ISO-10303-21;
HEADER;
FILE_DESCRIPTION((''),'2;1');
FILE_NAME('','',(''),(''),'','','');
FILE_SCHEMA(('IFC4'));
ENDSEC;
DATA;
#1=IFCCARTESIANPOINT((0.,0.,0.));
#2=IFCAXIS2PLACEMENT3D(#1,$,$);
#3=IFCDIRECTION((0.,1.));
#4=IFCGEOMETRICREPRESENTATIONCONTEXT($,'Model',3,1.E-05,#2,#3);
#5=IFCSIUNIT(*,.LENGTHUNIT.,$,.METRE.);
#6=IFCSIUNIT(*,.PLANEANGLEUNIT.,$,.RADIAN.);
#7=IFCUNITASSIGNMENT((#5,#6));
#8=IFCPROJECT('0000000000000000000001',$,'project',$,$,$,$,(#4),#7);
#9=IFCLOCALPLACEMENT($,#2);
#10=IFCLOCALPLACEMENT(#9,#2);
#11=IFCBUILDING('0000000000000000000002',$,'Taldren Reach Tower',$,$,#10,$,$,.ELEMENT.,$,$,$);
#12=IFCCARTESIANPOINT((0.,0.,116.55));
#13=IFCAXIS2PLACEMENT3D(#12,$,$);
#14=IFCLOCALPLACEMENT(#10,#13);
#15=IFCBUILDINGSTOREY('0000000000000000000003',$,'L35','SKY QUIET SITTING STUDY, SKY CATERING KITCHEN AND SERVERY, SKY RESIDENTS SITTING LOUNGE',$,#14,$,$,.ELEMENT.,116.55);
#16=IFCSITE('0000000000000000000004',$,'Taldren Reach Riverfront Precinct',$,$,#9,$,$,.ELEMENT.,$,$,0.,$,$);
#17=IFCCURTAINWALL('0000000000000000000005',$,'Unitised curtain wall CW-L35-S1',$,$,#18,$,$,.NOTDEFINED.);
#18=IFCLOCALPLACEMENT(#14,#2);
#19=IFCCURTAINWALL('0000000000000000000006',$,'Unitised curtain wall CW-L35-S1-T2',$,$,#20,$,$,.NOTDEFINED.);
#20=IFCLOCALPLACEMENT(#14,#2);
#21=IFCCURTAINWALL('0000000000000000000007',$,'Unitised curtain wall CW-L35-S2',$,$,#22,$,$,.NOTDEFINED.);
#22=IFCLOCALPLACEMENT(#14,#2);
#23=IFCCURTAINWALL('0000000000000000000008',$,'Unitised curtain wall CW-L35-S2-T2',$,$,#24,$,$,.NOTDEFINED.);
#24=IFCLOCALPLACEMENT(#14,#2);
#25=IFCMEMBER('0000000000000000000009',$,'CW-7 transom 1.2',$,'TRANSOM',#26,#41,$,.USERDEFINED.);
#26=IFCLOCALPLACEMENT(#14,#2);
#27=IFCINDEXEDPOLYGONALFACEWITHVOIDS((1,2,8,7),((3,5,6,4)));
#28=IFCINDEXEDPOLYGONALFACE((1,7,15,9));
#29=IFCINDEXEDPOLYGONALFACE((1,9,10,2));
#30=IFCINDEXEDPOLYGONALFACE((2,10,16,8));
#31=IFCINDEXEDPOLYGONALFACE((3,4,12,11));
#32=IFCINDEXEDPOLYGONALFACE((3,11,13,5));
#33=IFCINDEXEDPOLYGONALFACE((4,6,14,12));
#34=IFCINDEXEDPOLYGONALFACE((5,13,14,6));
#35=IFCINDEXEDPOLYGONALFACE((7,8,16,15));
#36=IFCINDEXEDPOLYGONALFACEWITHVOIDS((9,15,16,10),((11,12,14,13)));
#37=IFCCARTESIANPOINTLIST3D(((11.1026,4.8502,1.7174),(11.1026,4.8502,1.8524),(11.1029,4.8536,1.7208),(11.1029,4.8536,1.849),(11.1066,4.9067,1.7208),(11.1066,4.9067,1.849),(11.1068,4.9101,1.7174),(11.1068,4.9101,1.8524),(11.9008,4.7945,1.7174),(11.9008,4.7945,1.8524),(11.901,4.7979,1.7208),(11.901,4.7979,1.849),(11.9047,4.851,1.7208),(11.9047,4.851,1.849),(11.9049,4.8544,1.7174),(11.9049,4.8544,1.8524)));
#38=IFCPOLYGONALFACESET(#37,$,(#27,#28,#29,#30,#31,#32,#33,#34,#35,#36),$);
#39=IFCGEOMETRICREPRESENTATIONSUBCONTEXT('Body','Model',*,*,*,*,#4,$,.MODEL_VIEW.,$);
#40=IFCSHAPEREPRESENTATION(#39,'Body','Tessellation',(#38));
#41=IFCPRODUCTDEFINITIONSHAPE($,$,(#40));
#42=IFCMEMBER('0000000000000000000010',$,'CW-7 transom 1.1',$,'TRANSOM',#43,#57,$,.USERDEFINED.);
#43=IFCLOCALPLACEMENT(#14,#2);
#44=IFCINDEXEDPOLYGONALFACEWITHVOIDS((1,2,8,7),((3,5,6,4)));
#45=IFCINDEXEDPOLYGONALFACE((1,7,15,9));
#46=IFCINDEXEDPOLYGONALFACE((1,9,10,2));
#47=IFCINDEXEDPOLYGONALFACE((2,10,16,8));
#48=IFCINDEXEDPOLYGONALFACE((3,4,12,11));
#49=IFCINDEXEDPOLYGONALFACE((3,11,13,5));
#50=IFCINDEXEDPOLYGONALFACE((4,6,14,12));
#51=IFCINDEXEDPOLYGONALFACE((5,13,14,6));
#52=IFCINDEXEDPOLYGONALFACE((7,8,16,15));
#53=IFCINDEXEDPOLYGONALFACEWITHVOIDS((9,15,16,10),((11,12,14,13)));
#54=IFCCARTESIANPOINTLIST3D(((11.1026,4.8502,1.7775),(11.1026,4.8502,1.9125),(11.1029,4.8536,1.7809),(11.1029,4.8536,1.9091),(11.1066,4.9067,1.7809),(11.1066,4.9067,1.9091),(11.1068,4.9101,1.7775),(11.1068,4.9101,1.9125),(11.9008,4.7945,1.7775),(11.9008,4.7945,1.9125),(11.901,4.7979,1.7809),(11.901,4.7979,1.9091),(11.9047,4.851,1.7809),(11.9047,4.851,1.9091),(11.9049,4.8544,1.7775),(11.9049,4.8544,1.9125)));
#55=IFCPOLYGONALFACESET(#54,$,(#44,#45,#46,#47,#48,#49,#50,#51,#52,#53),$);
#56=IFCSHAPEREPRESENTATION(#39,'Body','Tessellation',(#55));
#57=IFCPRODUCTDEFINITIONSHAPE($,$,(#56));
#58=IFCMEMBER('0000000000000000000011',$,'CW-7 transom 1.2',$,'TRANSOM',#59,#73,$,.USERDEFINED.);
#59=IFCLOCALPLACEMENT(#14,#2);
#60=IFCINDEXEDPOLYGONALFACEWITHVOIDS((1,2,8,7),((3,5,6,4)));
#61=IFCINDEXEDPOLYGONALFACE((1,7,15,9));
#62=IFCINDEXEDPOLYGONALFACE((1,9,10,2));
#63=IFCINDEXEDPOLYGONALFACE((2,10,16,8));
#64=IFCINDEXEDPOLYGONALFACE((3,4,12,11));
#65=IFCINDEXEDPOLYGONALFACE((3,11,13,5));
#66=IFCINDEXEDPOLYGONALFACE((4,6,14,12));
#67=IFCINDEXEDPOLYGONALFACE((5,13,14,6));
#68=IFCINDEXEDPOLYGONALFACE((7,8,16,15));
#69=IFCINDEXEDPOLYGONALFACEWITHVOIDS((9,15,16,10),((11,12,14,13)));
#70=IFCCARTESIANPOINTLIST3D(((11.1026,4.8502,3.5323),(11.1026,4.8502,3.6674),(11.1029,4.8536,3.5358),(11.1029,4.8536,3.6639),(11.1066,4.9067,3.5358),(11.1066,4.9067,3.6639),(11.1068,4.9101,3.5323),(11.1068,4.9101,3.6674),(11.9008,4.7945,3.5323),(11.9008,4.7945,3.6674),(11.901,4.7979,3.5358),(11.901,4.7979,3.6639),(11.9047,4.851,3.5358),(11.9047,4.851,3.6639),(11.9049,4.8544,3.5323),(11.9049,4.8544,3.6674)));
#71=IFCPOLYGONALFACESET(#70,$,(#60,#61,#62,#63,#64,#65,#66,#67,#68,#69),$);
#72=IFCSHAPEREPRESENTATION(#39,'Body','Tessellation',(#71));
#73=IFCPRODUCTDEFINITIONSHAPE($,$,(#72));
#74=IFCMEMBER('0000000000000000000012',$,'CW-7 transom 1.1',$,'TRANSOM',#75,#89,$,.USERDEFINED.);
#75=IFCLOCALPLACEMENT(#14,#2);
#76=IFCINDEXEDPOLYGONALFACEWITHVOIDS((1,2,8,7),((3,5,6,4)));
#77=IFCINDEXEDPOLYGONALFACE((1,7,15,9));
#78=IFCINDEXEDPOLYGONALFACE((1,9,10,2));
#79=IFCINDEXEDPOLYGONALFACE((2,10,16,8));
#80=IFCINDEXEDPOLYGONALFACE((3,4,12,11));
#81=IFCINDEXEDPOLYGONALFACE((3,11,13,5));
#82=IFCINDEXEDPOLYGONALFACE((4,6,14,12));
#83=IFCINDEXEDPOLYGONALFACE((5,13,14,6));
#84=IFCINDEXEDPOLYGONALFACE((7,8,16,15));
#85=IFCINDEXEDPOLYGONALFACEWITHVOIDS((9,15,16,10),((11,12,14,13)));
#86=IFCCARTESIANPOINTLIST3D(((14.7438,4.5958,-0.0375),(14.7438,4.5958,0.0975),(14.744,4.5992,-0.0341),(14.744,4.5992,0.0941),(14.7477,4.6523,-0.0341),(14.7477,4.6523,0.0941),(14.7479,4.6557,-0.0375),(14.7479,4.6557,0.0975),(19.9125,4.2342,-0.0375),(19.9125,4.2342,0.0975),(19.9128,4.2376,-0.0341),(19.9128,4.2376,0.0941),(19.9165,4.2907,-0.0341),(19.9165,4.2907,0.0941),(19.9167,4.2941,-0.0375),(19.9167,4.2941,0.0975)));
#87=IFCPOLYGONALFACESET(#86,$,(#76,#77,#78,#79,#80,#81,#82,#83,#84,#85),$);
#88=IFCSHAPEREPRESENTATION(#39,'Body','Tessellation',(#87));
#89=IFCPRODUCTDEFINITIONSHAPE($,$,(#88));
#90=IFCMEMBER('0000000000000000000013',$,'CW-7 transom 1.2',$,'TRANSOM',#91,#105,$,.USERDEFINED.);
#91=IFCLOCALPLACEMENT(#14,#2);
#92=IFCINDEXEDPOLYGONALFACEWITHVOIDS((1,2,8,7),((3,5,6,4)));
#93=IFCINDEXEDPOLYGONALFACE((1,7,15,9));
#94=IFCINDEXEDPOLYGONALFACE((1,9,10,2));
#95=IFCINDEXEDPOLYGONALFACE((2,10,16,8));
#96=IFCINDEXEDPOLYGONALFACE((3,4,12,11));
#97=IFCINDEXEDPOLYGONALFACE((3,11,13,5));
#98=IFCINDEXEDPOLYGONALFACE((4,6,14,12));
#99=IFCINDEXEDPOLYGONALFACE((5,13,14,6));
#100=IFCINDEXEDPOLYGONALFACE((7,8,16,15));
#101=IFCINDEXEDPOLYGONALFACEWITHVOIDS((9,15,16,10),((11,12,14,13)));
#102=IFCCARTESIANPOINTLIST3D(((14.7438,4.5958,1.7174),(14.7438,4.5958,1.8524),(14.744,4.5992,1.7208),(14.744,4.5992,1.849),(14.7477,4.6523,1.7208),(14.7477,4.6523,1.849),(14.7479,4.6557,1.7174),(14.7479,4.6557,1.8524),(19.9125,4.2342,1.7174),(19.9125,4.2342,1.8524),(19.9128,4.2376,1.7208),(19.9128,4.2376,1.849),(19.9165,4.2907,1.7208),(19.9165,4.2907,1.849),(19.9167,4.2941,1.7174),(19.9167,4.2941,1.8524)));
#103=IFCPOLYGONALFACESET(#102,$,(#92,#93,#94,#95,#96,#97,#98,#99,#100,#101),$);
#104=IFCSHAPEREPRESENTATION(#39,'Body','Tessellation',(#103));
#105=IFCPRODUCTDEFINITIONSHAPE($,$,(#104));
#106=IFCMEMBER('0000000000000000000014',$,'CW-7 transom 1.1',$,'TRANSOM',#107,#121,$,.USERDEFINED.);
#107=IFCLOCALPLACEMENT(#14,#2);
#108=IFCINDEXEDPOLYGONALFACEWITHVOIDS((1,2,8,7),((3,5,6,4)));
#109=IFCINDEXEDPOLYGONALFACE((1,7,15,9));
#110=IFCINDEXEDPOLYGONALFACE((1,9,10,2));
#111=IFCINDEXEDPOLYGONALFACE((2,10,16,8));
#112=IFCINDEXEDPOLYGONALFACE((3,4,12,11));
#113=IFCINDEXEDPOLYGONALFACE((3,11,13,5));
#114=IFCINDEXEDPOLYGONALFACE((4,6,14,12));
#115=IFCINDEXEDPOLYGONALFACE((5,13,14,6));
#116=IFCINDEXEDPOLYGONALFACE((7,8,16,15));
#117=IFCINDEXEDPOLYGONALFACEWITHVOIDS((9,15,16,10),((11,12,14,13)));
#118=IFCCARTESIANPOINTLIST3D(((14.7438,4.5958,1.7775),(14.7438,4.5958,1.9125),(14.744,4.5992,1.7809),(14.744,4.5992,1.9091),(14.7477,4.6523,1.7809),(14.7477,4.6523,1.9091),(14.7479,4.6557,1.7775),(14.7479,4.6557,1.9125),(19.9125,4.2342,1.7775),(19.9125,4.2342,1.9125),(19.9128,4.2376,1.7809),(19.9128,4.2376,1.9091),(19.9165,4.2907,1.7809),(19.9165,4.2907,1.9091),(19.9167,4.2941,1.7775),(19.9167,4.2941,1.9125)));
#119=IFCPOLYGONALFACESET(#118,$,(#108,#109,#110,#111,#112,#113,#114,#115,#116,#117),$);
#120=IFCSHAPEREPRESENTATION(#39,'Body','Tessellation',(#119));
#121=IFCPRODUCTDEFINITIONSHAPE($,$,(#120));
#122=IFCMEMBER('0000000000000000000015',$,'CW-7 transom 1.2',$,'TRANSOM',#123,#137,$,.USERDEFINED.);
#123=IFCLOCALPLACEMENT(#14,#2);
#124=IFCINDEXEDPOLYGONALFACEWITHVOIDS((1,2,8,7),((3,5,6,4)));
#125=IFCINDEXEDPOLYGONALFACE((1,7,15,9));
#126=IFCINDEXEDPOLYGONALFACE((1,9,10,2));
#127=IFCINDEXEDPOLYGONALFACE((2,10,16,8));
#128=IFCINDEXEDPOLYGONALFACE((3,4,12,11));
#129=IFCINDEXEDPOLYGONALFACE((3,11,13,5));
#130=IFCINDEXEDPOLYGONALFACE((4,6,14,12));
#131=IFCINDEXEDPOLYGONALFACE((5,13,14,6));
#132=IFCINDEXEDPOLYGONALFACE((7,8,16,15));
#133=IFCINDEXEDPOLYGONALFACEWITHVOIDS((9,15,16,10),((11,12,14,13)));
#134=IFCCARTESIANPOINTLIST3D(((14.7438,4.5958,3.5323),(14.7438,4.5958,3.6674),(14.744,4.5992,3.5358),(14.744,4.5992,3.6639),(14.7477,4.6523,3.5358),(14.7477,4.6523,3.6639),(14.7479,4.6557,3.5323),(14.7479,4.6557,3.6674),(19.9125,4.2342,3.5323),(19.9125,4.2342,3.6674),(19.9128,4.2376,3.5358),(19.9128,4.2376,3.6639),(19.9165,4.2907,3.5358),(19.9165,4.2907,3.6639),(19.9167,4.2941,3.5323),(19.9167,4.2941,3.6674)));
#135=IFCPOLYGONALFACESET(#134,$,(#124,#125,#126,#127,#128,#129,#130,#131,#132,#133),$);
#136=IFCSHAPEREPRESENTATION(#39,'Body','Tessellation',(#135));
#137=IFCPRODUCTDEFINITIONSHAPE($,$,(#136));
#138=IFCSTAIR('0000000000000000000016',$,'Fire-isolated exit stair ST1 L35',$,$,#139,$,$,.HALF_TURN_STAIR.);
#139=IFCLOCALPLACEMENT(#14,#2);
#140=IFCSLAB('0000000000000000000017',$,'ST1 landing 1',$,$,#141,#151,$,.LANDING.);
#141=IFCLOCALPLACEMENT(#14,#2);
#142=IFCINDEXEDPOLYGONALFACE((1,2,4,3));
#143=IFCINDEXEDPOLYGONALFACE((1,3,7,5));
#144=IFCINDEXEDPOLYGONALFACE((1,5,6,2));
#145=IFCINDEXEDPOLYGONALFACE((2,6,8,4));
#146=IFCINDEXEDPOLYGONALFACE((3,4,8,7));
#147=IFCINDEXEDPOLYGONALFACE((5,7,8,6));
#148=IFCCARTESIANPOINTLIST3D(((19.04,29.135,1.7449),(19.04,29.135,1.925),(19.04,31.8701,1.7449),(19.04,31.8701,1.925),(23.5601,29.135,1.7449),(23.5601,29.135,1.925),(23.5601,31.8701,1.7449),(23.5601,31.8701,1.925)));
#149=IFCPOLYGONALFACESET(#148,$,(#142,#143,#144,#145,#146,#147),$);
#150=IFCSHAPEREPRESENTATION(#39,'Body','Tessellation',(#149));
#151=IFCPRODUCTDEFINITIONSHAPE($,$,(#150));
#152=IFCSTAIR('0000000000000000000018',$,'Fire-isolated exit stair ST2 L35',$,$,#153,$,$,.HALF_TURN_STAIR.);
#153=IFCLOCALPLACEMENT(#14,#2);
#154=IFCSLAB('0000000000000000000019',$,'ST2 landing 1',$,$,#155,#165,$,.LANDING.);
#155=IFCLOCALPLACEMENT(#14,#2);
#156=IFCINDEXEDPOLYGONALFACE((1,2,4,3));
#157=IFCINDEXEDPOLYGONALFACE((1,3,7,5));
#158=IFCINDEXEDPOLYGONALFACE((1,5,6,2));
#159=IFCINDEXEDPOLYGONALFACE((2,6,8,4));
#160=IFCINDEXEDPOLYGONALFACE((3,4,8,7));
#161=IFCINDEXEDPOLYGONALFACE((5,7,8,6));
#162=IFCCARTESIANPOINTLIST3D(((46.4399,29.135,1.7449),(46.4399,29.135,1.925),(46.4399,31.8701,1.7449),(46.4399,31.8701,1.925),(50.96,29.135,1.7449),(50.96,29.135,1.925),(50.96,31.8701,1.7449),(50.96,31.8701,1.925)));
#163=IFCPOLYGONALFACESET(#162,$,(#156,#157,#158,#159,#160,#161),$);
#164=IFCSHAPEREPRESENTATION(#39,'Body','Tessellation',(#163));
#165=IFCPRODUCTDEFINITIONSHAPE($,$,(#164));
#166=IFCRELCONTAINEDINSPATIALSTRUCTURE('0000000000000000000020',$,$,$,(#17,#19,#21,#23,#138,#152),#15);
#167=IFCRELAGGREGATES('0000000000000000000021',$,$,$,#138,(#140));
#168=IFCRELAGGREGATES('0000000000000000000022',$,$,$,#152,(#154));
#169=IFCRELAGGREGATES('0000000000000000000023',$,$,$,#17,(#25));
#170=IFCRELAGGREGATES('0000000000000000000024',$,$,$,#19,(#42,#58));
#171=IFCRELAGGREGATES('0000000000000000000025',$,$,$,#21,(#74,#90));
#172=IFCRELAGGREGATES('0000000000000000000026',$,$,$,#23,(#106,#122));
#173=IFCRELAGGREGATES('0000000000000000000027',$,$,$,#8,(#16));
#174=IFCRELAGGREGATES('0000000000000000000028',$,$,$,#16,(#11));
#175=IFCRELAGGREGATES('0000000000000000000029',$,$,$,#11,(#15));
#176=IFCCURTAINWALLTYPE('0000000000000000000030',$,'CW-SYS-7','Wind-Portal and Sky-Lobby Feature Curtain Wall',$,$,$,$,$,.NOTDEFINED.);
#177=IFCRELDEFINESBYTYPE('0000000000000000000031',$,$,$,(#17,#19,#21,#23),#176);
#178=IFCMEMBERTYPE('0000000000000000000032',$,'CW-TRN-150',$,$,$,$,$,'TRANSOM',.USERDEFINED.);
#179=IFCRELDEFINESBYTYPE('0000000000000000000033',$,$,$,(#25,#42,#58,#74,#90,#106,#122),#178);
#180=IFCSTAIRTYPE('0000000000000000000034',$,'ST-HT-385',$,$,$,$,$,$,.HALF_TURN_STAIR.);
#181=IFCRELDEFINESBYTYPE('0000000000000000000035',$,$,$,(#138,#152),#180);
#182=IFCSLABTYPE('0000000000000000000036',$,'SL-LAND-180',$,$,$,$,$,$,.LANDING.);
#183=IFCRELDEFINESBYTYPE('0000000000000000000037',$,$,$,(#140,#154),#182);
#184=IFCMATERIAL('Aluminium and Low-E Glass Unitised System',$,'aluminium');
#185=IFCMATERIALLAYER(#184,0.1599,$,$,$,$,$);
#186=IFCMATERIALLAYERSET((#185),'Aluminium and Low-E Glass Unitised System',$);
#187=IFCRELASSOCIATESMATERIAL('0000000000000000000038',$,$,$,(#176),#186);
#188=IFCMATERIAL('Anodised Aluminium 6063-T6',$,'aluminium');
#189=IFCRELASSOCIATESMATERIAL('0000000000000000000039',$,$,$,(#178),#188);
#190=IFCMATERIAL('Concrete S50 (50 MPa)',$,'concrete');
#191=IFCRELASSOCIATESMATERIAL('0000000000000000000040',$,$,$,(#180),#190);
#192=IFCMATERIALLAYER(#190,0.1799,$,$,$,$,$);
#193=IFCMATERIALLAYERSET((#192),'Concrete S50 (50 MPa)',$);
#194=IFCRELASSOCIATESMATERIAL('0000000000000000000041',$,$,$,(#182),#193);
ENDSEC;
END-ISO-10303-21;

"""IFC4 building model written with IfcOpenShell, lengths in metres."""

from ifc_helpers import new_model, si_unit, direction, frame, origin, origin_2d, place, context, subcontext, project, spatial, polyline, hollow_rectangle, outline, extrude, source, transform, mapped, material, layer, layer_set, material_profile, profile_set, type_object, element, aggregate, save


model = new_model("IFC4")

# Units and contexts
model_context = context("Model", 3, precision=1e-05, world=origin(), true_north=direction((0.0, 1.0)))
body_context = subcontext(model_context, "Body", "Model", "MODEL_VIEW")
ifc_project = project(units=[si_unit("LENGTHUNIT", "METRE"), si_unit("PLANEANGLEUNIT", "RADIAN")], contexts=[model_context])

# Site, building, storey
site_placement = place(None, origin())
site = spatial("IfcSite", under=ifc_project, at=site_placement, Name="Taldren Reach Riverfront Precinct", CompositionType="ELEMENT", RefElevation=0.0)
building_placement = place(site_placement, origin())
building = spatial("IfcBuilding", under=site, at=building_placement, Name="Taldren Reach Tower", CompositionType="ELEMENT")
storey_placement = place(building_placement, frame((0.0, 0.0, 116.55)))
storey = spatial("IfcBuildingStorey", under=building, at=storey_placement, Name="L35", Description="SKY QUIET SITTING STUDY, SKY CATERING KITCHEN AND SERVERY, SKY RESIDENTS SITTING LOUNGE", CompositionType="ELEMENT", Elevation=116.55)

# Curtain walls
ifc_material_1 = material(Name="Aluminium and Low-E Glass Unitised System", Category="aluminium")
ifc_layer_1 = layer(ifc_material_1, 0.1599)
ifc_layer_set_1 = layer_set([ifc_layer_1], Name="Aluminium and Low-E Glass Unitised System")
curtain_wall_type = type_object("IfcCurtainWallType", Name="CW-SYS-7", Description="Wind-Portal and Sky-Lobby Feature Curtain Wall", PredefinedType="NOTDEFINED", material=ifc_layer_set_1)
curtain_wall_1_placement = place(storey_placement, origin())
curtain_wall_1 = element("IfcCurtainWall", 1, at=curtain_wall_1_placement, inside=storey, type_object=curtain_wall_type, Name="Unitised curtain wall CW-L35-S1", PredefinedType="NOTDEFINED")
ifc_material_2 = material(Name="Anodised Aluminium 6063-T6", Category="aluminium")
curtain_wall_2_placement = place(storey_placement, origin())
curtain_wall_2 = element("IfcCurtainWall", 2, at=curtain_wall_2_placement, inside=storey, type_object=curtain_wall_type, Name="Unitised curtain wall CW-L35-S1-T2", PredefinedType="NOTDEFINED")

# Curtain walls
curtain_wall_3_placement = place(storey_placement, origin())
curtain_wall_3 = element("IfcCurtainWall", 3, at=curtain_wall_3_placement, inside=storey, type_object=curtain_wall_type, Name="Unitised curtain wall CW-L35-S2", PredefinedType="NOTDEFINED")
curtain_wall_4_placement = place(storey_placement, origin())
curtain_wall_4 = element("IfcCurtainWall", 4, at=curtain_wall_4_placement, inside=storey, type_object=curtain_wall_type, Name="Unitised curtain wall CW-L35-S2-T2", PredefinedType="NOTDEFINED")

# Members
ifc_material_profile_1 = material_profile(ifc_material_2, hollow_rectangle(XDim=0.0601, YDim=0.135, WallThickness=0.0034, at=origin_2d()), Name="ALU-135x60x3.5RHS")
ifc_profile_set_1 = profile_set([ifc_material_profile_1], Name="Anodised Aluminium 6063-T6")
member_type_1 = type_object("IfcMemberType", Name="CW-TRN-150", ElementType="TRANSOM", PredefinedType="USERDEFINED", material=ifc_profile_set_1)
shared_shape_1 = source(origin(), body_context, "Body", "SweptSolid", [
    extrude(hollow_rectangle(XDim=0.0601, YDim=0.135, WallThickness=0.0034, at=origin_2d()), origin(), (0.0, 0.0, 1.0), 0.8),
])
member_1_placement = place(storey_placement, frame((11.1047, 4.8801, 1.7849), z_axis=(0.997577, -0.069577, 0.0), x_axis=(0.069577, 0.997577, 0.0)))
member_1 = element("IfcMember", 5, at=member_1_placement, type_object=member_type_1, Name="CW-7 transom 1.2", ObjectType="TRANSOM", PredefinedType="USERDEFINED", context=body_context, shape_type="MappedRepresentation", body=[
    mapped(shared_shape_1, transform((0.0, 0.0, 0.0), scale=1.0)),
])
member_2_placement = place(storey_placement, frame((11.1047, 4.8801, 1.845), z_axis=(0.997577, -0.069577, 0.0), x_axis=(0.069577, 0.997577, 0.0)))
member_2 = element("IfcMember", 6, at=member_2_placement, type_object=member_type_1, Name="CW-7 transom 1.1", ObjectType="TRANSOM", PredefinedType="USERDEFINED", context=body_context, shape_type="MappedRepresentation", body=[
    mapped(shared_shape_1, transform((0.0, 0.0, 0.0), scale=1.0)),
])
member_3_placement = place(storey_placement, frame((11.1047, 4.8801, 3.5999), z_axis=(0.997577, -0.069577, 0.0), x_axis=(0.069577, 0.997577, 0.0)))
member_3 = element("IfcMember", 7, at=member_3_placement, type_object=member_type_1, Name="CW-7 transom 1.2", ObjectType="TRANSOM", PredefinedType="USERDEFINED", context=body_context, shape_type="MappedRepresentation", body=[
    mapped(shared_shape_1, transform((0.0, 0.0, 0.0), scale=1.0)),
])
shared_shape_2 = source(origin(), body_context, "Body", "SweptSolid", [
    extrude(hollow_rectangle(XDim=0.0601, YDim=0.135, WallThickness=0.0034, at=origin_2d()), origin(), (0.0, 0.0, 1.0), 5.1814),
])
member_4_placement = place(storey_placement, frame((14.7458, 4.6257, 0.03), z_axis=(0.997562, -0.069784, 0.0), x_axis=(0.069784, 0.997562, 0.0)))
member_4 = element("IfcMember", 8, at=member_4_placement, type_object=member_type_1, Name="CW-7 transom 1.1", ObjectType="TRANSOM", PredefinedType="USERDEFINED", context=body_context, shape_type="MappedRepresentation", body=[
    mapped(shared_shape_2, transform((0.0, 0.0, 0.0), scale=1.0)),
])
member_5_placement = place(storey_placement, frame((14.7458, 4.6257, 1.7849), z_axis=(0.997562, -0.069784, 0.0), x_axis=(0.069784, 0.997562, 0.0)))
member_5 = element("IfcMember", 9, at=member_5_placement, type_object=member_type_1, Name="CW-7 transom 1.2", ObjectType="TRANSOM", PredefinedType="USERDEFINED", context=body_context, shape_type="MappedRepresentation", body=[
    mapped(shared_shape_2, transform((0.0, 0.0, 0.0), scale=1.0)),
])
member_6_placement = place(storey_placement, frame((14.7458, 4.6257, 1.845), z_axis=(0.997562, -0.069784, 0.0), x_axis=(0.069784, 0.997562, 0.0)))
member_6 = element("IfcMember", 10, at=member_6_placement, type_object=member_type_1, Name="CW-7 transom 1.1", ObjectType="TRANSOM", PredefinedType="USERDEFINED", context=body_context, shape_type="MappedRepresentation", body=[
    mapped(shared_shape_2, transform((0.0, 0.0, 0.0), scale=1.0)),
])
member_7_placement = place(storey_placement, frame((14.7458, 4.6257, 3.5999), z_axis=(0.997562, -0.069784, 0.0), x_axis=(0.069784, 0.997562, 0.0)))
member_7 = element("IfcMember", 11, at=member_7_placement, type_object=member_type_1, Name="CW-7 transom 1.2", ObjectType="TRANSOM", PredefinedType="USERDEFINED", context=body_context, shape_type="MappedRepresentation", body=[
    mapped(shared_shape_2, transform((0.0, 0.0, 0.0), scale=1.0)),
])

# Stairs, slabs
ifc_material_3 = material(Name="Concrete S50 (50 MPa)", Category="concrete")
stair_type = type_object("IfcStairType", Name="ST-HT-385", PredefinedType="HALF_TURN_STAIR", material=ifc_material_3)
stair_1_placement = place(storey_placement, origin())
stair_1 = element("IfcStair", 12, at=stair_1_placement, inside=storey, type_object=stair_type, Name="Fire-isolated exit stair ST1 L35", PredefinedType="HALF_TURN_STAIR")
ifc_layer_2 = layer(ifc_material_3, 0.1799)
ifc_layer_set_2 = layer_set([ifc_layer_2], Name="Concrete S50 (50 MPa)")
slab_type_1 = type_object("IfcSlabType", Name="SL-LAND-180", PredefinedType="LANDING", material=ifc_layer_set_2)
slab_1_placement = place(storey_placement, frame((0.0, 0.0, 1.7449)))
slab_1 = element("IfcSlab", 13, at=slab_1_placement, type_object=slab_type_1, Name="ST1 landing 1", PredefinedType="LANDING", context=body_context, shape_type="SweptSolid", body=[
    extrude(outline(polyline([(19.04, 29.135), (23.5601, 29.135), (23.5601, 31.8701), (19.04, 31.8701), (19.04, 29.135)])), origin(), (0.0, 0.0, 1.0), 0.1802),
])
aggregate(stair_1, [slab_1])
stair_2_placement = place(storey_placement, origin())
stair_2 = element("IfcStair", 14, at=stair_2_placement, inside=storey, type_object=stair_type, Name="Fire-isolated exit stair ST2 L35", PredefinedType="HALF_TURN_STAIR")
slab_2_placement = place(storey_placement, frame((0.0, 0.0, 1.7449)))
slab_2 = element("IfcSlab", 15, at=slab_2_placement, type_object=slab_type_1, Name="ST2 landing 1", PredefinedType="LANDING", context=body_context, shape_type="SweptSolid", body=[
    extrude(outline(polyline([(46.4399, 29.135), (50.96, 29.135), (50.96, 31.8701), (46.4399, 31.8701), (46.4399, 29.135)])), origin(), (0.0, 0.0, 1.0), 0.1802),
])
aggregate(stair_2, [slab_2])

aggregate(curtain_wall_1, [member_1])
aggregate(curtain_wall_2, [member_2, member_3])
aggregate(curtain_wall_3, [member_4, member_5])
aggregate(curtain_wall_4, [member_6, member_7])

save(model, "model.ifc")
